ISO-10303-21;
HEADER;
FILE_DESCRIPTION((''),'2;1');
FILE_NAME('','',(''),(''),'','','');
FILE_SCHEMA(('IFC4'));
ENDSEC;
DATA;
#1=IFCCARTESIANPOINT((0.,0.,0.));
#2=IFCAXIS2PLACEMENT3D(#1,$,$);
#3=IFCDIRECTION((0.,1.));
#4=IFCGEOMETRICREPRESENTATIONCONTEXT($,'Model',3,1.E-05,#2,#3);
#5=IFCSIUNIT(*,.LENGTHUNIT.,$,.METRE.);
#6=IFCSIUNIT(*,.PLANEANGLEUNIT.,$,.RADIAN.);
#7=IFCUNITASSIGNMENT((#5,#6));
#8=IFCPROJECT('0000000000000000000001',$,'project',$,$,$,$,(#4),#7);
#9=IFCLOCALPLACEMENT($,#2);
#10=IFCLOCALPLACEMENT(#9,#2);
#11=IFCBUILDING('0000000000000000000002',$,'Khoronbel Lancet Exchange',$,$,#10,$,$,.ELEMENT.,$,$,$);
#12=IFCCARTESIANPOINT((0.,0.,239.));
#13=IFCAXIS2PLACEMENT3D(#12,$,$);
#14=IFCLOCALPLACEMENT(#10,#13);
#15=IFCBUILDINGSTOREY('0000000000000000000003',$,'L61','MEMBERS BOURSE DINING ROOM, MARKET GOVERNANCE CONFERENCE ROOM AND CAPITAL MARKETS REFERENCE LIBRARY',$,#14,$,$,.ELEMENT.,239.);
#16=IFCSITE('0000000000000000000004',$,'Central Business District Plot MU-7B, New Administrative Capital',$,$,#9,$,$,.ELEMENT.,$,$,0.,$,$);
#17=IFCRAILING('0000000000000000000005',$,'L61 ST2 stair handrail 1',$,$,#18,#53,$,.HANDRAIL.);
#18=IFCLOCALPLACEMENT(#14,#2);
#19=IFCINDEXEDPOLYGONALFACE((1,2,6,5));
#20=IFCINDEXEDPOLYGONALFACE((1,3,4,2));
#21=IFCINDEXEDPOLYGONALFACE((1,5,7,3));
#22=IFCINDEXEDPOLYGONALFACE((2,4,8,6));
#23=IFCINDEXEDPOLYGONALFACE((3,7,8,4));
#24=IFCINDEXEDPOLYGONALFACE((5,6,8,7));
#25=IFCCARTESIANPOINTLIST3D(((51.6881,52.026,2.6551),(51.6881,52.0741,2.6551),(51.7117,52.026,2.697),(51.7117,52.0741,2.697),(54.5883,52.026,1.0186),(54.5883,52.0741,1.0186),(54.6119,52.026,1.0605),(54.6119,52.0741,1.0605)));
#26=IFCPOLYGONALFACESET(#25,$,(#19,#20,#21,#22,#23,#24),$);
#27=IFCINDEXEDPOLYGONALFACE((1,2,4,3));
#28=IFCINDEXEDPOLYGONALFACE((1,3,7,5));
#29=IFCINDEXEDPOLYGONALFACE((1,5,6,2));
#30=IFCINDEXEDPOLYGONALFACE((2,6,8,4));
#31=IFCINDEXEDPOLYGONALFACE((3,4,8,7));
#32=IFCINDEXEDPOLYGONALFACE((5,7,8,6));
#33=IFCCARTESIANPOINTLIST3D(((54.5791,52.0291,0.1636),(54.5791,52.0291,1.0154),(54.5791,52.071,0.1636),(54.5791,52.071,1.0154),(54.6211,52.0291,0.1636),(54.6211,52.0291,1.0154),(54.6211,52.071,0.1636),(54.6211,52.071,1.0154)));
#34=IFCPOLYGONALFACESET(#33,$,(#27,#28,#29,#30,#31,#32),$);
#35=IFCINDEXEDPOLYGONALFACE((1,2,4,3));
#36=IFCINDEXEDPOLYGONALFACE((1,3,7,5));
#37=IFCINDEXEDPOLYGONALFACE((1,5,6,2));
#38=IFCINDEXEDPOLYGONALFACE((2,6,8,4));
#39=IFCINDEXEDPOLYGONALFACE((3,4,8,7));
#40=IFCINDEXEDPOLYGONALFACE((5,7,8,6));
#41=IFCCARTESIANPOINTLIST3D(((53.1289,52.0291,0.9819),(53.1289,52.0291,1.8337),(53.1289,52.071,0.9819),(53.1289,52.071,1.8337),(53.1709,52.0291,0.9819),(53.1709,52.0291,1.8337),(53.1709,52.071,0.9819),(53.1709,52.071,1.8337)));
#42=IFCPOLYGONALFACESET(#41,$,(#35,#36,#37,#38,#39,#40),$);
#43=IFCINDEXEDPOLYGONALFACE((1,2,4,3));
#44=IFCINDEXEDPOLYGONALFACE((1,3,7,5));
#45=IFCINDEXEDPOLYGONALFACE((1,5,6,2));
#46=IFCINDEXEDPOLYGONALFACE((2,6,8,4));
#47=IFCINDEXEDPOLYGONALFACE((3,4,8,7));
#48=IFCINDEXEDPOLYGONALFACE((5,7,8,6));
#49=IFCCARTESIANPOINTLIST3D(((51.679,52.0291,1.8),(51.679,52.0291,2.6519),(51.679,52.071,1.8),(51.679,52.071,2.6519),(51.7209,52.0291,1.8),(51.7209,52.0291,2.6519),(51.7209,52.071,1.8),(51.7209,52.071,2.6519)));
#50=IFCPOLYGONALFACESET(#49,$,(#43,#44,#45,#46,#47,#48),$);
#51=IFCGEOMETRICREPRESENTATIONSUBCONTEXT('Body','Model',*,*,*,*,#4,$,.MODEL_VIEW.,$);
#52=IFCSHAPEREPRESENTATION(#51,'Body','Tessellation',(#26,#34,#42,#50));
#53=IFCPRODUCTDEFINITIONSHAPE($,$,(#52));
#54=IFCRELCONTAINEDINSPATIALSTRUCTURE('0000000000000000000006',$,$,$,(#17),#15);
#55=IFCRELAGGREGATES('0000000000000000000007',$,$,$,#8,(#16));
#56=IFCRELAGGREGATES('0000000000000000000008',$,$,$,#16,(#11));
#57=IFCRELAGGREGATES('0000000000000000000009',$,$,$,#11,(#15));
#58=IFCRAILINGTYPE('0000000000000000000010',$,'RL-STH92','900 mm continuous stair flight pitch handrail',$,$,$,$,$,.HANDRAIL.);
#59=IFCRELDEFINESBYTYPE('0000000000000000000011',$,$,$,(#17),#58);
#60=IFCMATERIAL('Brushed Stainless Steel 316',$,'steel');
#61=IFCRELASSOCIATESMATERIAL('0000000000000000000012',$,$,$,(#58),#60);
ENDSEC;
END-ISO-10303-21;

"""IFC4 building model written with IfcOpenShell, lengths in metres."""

from ifc_helpers import new_model, si_unit, direction, frame, origin, origin_2d, place, context, subcontext, project, spatial, rectangle, extrude, material, type_object, element, save


model = new_model("IFC4")

# Units and contexts
model_context = context("Model", 3, precision=1e-05, world=origin(), true_north=direction((0.0, 1.0)))
body_context = subcontext(model_context, "Body", "Model", "MODEL_VIEW")
ifc_project = project(units=[si_unit("LENGTHUNIT", "METRE"), si_unit("PLANEANGLEUNIT", "RADIAN")], contexts=[model_context])

# Site, building, storey
site_placement = place(None, origin())
site = spatial("IfcSite", under=ifc_project, at=site_placement, Name="Central Business District Plot MU-7B, New Administrative Capital", CompositionType="ELEMENT", RefElevation=0.0)
building_placement = place(site_placement, origin())
building = spatial("IfcBuilding", under=site, at=building_placement, Name="Khoronbel Lancet Exchange", CompositionType="ELEMENT")
storey_placement = place(building_placement, frame((0.0, 0.0, 239.0)))
storey = spatial("IfcBuildingStorey", under=building, at=storey_placement, Name="L61", Description="MEMBERS BOURSE DINING ROOM, MARKET GOVERNANCE CONFERENCE ROOM AND CAPITAL MARKETS REFERENCE LIBRARY", CompositionType="ELEMENT", Elevation=239.0)

# Railing
ifc_material_1 = material(Name="Brushed Stainless Steel 316", Category="steel")
railing_type_1 = type_object("IfcRailingType", Name="RL-STH92", Description="900 mm continuous stair flight pitch handrail", PredefinedType="HANDRAIL", material=ifc_material_1)
railing_1_placement = place(storey_placement, frame((54.6001, 52.05, 0.1636)))
element("IfcRailing", 1, at=railing_1_placement, inside=storey, type_object=railing_type_1, Name="L61 ST2 stair handrail 1", PredefinedType="HANDRAIL", context=body_context, shape_type="SweptSolid", body=[
    extrude(rectangle(XDim=0.0481, YDim=0.0481, at=origin_2d()), frame((0.0, 0.0, 0.876), z_axis=(-0.870915, 0.0, 0.491434), x_axis=(0.0, -1.0, 0.0)), (0.0, 0.0, 1.0), 3.3301),
    extrude(rectangle(XDim=0.042, YDim=0.042, at=origin_2d()), origin(), (0.0, 0.0, 1.0), 0.8518),
    extrude(rectangle(XDim=0.042, YDim=0.042, at=origin_2d()), frame((-1.4502, 0.0, 0.8184)), (0.0, 0.0, 1.0), 0.8518),
    extrude(rectangle(XDim=0.042, YDim=0.042, at=origin_2d()), frame((-2.9001, 0.0, 1.6365)), (0.0, 0.0, 1.0), 0.8518),
])

save(model, "model.ifc")
